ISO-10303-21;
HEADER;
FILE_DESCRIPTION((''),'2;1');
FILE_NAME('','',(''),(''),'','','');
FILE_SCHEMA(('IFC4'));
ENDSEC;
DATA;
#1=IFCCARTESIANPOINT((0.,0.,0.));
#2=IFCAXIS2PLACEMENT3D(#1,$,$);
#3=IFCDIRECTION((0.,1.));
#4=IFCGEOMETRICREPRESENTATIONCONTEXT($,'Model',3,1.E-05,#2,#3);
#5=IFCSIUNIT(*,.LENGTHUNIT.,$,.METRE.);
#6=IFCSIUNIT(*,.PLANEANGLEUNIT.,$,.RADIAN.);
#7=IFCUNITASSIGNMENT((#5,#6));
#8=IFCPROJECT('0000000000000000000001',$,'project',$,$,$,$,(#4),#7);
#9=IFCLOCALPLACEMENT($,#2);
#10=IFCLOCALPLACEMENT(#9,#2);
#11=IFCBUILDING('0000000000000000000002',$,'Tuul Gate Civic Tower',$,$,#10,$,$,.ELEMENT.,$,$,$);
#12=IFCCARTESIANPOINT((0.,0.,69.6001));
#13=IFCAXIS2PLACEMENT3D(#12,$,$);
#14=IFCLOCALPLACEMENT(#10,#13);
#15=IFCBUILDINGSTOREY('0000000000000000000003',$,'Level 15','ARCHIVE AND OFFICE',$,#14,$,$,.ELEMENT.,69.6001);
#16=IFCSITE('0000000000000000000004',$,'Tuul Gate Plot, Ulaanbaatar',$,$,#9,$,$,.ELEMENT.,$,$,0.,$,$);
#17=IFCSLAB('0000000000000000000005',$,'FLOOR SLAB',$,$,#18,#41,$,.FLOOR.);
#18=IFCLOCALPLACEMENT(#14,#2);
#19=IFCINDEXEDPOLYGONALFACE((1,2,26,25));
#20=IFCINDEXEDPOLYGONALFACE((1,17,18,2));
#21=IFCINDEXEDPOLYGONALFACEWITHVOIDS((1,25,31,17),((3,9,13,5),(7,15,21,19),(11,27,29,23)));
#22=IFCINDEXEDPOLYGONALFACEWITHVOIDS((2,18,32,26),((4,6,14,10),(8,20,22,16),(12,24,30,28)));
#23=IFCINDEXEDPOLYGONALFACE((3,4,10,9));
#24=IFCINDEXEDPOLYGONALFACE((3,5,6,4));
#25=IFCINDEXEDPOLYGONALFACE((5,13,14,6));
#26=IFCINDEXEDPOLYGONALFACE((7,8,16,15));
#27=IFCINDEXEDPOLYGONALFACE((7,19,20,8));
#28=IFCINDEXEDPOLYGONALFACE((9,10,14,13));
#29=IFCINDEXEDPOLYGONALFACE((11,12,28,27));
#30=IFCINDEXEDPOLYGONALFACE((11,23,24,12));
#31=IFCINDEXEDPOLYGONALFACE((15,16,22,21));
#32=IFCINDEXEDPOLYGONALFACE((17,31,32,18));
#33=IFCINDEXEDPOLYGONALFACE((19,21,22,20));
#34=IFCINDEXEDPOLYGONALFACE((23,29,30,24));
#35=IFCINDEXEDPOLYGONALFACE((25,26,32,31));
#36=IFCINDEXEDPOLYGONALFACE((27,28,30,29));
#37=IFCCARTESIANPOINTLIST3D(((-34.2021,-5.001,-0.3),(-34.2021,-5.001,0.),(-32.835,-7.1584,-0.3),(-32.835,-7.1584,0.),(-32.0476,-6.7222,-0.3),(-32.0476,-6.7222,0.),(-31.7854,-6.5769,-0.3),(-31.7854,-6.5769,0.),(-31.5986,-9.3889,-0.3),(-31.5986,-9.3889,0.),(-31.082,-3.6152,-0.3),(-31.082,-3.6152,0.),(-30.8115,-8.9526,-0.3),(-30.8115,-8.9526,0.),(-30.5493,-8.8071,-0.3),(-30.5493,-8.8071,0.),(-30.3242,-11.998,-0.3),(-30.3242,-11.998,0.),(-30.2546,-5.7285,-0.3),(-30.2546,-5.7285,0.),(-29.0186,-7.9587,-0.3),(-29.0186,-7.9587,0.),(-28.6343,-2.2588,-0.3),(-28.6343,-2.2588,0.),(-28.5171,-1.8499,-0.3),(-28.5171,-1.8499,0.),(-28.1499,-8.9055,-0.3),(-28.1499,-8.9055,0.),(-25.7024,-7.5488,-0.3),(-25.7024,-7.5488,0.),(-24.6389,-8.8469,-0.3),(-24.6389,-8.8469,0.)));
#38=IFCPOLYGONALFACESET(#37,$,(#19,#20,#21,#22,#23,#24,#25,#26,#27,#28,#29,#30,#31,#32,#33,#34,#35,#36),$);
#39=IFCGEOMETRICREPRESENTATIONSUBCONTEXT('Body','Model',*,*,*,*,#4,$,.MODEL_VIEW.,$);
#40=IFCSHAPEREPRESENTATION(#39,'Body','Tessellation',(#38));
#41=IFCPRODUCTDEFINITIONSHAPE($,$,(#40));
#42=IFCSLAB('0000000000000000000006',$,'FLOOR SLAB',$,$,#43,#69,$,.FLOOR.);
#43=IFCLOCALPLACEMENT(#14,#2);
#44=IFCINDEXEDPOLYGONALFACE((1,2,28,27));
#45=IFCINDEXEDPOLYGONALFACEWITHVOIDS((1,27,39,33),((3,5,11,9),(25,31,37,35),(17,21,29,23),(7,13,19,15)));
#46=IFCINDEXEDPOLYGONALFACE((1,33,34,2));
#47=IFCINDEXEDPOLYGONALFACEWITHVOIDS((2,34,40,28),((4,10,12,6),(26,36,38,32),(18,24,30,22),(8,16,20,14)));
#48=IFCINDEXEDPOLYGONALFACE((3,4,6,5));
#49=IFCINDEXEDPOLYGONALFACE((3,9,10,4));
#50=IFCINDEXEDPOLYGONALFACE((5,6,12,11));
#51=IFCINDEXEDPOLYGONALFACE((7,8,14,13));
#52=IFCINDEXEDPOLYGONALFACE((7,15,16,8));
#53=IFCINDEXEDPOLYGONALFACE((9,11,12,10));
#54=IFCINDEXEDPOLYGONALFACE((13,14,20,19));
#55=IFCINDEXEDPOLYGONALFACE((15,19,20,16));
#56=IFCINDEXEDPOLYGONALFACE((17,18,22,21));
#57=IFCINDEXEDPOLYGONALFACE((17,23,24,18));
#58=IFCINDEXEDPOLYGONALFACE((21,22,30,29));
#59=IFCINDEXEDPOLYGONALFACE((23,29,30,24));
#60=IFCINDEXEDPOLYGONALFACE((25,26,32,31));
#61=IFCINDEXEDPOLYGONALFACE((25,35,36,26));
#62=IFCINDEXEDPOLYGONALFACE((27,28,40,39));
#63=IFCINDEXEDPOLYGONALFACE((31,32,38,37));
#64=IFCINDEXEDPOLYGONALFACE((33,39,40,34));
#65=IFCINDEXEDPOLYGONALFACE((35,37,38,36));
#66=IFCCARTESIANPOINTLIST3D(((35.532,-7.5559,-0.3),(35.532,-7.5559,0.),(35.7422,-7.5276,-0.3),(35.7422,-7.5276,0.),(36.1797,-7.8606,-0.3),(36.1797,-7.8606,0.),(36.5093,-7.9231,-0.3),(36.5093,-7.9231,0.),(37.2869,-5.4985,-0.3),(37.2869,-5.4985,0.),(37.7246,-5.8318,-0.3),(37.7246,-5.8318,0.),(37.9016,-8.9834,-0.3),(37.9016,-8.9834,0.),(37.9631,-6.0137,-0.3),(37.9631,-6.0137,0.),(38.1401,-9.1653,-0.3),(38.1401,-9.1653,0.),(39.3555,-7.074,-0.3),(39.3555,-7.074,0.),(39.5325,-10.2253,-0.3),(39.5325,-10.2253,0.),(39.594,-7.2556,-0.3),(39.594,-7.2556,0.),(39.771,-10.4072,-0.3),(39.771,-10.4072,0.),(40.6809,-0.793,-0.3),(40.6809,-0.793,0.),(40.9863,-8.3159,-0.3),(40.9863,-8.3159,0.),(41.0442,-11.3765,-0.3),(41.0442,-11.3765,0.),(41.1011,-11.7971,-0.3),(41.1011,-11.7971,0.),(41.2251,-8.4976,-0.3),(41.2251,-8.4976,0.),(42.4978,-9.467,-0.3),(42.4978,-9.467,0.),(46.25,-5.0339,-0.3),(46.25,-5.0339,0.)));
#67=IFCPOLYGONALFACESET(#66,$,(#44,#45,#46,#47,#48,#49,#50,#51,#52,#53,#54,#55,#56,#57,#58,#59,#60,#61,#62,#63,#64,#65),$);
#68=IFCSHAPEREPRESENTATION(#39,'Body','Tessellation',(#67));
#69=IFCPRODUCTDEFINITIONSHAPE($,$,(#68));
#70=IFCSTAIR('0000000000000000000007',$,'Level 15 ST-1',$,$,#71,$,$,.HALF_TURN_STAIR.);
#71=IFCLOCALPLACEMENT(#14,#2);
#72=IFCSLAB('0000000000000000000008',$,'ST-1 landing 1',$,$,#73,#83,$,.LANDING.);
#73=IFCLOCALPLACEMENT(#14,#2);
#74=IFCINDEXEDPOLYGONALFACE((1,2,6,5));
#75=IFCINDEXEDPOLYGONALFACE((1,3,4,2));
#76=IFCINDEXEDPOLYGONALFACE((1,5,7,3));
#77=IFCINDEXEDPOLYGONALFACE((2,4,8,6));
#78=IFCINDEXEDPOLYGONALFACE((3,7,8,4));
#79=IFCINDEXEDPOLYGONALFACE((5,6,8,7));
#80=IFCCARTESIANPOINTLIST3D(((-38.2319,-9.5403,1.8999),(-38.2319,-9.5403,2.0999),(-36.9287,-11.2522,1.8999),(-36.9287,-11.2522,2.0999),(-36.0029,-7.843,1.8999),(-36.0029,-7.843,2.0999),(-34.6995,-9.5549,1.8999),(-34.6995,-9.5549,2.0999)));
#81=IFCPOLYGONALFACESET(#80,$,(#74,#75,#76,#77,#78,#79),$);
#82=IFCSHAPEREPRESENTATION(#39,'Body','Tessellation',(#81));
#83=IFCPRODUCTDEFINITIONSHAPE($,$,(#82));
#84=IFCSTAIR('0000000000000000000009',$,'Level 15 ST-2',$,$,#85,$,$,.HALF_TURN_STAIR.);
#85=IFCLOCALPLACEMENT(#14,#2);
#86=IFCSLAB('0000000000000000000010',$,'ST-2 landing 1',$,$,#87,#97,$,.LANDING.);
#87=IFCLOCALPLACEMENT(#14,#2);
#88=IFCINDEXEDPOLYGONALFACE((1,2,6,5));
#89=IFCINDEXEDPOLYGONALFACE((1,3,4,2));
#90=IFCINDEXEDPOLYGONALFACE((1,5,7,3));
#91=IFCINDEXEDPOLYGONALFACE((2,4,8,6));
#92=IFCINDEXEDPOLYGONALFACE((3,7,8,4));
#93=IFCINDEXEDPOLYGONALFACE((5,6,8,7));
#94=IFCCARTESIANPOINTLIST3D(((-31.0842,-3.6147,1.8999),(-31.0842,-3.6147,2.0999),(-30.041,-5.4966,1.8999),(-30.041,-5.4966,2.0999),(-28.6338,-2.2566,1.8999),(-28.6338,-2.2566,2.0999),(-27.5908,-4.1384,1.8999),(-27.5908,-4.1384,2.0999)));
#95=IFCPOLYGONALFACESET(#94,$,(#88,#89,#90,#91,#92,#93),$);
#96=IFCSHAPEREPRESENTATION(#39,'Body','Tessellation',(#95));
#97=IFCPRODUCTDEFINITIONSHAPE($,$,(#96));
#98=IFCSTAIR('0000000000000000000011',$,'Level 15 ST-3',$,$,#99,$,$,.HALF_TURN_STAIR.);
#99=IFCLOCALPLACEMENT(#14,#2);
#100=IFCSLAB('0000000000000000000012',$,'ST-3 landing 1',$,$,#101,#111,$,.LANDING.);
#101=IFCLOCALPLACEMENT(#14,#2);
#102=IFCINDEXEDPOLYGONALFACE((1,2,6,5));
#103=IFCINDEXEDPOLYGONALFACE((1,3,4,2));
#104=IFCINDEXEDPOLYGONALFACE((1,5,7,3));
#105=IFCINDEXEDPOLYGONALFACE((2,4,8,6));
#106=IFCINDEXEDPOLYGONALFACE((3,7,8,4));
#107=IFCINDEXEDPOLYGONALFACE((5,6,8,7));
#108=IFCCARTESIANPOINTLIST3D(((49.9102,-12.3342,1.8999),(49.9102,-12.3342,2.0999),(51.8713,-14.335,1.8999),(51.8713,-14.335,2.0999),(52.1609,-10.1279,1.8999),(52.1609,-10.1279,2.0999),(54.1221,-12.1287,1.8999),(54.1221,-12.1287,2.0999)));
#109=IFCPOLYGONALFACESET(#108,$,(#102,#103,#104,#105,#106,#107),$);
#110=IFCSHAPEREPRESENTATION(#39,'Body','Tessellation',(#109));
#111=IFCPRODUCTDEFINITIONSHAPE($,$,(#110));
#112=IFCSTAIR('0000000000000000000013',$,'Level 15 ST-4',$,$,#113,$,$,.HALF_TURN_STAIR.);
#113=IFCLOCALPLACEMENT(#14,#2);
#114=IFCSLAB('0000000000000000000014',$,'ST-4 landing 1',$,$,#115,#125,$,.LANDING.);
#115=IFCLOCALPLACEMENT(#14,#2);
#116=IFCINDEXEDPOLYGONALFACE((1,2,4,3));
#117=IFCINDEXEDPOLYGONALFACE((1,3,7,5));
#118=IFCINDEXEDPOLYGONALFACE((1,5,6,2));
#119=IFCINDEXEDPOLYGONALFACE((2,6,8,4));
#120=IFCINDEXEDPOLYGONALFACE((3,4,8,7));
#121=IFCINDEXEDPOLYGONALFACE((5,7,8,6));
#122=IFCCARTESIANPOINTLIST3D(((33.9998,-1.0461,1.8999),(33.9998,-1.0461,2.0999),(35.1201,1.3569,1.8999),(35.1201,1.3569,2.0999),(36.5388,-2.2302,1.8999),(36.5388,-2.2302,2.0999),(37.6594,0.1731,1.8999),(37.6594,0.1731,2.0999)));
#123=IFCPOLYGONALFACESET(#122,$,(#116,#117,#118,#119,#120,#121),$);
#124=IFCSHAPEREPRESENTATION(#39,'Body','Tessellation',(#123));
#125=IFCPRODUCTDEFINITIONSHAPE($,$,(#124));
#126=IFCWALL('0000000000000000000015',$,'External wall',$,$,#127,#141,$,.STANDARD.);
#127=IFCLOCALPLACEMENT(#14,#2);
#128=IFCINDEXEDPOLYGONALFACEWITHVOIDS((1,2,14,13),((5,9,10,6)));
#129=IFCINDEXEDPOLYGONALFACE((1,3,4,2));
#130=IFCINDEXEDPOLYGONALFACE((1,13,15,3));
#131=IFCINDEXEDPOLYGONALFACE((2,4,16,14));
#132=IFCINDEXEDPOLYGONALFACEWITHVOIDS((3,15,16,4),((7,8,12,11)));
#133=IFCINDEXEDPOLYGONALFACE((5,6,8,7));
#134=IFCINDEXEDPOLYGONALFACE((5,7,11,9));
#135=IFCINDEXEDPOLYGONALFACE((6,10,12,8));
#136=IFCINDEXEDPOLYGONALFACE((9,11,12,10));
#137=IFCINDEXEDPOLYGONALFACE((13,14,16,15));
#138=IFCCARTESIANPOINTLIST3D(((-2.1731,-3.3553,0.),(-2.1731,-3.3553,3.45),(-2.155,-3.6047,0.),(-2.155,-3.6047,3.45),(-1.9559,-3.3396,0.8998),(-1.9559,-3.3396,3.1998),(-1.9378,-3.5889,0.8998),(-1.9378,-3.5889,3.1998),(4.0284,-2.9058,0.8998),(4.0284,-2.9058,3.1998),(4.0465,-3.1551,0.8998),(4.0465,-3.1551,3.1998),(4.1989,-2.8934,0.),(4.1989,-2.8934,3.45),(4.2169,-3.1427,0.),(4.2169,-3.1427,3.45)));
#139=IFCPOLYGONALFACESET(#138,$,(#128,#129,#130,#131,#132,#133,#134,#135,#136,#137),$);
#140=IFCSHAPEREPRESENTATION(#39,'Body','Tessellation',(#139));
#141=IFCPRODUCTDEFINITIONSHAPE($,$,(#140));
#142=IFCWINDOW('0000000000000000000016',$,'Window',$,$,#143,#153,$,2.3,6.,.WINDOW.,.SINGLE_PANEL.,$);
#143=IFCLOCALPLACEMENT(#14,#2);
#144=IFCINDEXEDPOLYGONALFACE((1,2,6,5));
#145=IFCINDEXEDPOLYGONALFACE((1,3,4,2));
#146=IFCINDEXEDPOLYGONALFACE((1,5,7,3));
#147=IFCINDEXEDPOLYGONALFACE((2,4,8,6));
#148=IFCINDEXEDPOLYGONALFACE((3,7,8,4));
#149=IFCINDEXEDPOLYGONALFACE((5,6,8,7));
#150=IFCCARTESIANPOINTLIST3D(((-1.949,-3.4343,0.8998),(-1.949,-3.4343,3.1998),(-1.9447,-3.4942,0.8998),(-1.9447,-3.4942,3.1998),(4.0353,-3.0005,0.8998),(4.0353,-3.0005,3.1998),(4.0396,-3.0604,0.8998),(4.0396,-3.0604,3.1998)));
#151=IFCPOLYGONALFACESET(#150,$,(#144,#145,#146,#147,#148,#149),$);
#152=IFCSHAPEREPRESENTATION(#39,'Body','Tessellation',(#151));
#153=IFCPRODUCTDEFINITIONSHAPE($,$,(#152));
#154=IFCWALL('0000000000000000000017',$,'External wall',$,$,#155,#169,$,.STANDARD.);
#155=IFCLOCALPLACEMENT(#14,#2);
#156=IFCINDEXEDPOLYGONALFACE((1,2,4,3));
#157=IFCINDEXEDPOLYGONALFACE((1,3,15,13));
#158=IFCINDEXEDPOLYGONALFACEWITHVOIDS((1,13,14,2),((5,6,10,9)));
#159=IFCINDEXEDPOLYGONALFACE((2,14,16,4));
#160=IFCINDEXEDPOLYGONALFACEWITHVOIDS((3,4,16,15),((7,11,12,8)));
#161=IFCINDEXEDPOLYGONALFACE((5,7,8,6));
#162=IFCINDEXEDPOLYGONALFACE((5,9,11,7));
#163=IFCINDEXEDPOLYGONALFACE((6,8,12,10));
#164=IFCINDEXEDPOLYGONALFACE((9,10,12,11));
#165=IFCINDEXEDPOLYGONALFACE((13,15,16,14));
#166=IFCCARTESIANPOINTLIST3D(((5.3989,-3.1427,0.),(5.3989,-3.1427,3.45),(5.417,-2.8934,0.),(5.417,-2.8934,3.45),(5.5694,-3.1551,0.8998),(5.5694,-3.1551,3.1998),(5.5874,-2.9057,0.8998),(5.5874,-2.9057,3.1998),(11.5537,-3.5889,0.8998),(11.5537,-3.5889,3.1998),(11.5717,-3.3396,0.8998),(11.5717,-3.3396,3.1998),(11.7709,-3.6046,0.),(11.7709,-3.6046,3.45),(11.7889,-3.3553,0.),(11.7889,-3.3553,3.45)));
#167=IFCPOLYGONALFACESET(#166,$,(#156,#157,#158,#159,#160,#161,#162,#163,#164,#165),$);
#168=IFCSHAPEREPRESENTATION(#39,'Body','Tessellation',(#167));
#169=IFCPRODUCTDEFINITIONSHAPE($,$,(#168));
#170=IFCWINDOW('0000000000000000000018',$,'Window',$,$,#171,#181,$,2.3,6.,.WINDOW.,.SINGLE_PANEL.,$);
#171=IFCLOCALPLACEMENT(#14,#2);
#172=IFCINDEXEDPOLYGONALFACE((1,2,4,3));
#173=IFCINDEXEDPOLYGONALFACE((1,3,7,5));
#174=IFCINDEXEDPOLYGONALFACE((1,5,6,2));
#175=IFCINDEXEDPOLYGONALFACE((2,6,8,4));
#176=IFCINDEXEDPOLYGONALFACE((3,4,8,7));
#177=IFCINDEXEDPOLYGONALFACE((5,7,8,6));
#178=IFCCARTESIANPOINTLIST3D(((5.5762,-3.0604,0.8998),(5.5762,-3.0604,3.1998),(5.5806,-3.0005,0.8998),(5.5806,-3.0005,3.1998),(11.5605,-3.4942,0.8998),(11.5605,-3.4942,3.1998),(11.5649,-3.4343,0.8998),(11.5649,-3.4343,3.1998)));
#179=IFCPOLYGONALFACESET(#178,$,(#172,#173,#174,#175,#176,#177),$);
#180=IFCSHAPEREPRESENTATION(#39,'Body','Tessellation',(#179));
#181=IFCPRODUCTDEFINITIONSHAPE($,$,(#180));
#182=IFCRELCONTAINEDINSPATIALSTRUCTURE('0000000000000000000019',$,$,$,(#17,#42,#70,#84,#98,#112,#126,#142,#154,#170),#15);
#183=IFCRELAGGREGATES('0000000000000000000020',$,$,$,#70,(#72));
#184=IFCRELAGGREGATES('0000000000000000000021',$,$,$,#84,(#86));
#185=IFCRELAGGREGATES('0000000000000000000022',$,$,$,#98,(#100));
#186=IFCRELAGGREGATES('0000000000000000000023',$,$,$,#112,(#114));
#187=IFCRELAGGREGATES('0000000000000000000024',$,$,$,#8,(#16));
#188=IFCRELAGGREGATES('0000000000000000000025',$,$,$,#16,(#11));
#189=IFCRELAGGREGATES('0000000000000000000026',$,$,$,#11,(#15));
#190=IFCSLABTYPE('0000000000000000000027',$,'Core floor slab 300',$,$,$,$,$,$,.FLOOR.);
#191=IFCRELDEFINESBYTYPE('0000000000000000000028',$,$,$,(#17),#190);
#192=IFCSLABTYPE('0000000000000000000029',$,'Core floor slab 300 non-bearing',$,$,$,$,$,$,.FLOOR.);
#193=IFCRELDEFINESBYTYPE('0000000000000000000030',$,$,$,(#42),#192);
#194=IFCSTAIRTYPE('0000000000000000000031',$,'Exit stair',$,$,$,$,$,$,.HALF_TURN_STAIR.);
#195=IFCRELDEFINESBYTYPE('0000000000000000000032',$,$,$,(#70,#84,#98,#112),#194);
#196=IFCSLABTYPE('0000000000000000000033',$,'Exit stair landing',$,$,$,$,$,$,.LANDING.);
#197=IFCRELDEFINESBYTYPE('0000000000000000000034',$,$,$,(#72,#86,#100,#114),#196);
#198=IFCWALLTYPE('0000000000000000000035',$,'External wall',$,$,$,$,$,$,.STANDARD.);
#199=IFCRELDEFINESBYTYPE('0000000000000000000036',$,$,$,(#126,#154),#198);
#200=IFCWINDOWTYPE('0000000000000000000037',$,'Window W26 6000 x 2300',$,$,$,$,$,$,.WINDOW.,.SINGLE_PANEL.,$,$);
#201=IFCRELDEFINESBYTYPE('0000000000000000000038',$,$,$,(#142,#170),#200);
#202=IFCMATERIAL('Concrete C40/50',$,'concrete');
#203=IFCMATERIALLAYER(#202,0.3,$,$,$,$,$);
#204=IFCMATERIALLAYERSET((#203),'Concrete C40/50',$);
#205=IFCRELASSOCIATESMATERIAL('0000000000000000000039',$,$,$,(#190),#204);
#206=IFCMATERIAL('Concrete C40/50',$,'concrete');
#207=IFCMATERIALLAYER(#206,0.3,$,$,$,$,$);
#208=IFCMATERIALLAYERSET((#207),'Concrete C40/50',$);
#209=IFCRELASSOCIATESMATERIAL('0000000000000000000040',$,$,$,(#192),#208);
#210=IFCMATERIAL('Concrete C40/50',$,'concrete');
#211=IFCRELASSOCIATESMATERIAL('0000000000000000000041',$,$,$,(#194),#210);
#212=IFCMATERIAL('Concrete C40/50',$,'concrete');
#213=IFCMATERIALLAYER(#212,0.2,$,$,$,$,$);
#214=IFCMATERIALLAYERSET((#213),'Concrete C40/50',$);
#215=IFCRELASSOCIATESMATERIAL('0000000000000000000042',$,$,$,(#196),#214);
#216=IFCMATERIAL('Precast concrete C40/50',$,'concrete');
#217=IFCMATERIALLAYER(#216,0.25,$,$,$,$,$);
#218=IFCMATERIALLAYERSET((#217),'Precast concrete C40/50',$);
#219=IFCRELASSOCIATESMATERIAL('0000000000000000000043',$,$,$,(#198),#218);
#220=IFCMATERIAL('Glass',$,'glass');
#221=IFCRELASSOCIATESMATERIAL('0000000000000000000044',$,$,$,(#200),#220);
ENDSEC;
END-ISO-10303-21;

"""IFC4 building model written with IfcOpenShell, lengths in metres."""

from ifc_helpers import new_model, si_unit, direction, frame, frame_2d, origin, place, context, subcontext, project, spatial, polyline, rectangle, outline, extrude, material, layer, layer_set, type_object, element, fill, aggregate, save


model = new_model("IFC4")

# Units and contexts
model_context = context("Model", 3, precision=1e-05, world=origin(), true_north=direction((0.0, 1.0)))
body_context = subcontext(model_context, "Body", "Model", "MODEL_VIEW")
ifc_project = project(units=[si_unit("LENGTHUNIT", "METRE"), si_unit("PLANEANGLEUNIT", "RADIAN")], contexts=[model_context])

# Site, building, storey
site_placement = place(None, origin())
site = spatial("IfcSite", under=ifc_project, at=site_placement, Name="Tuul Gate Plot, Ulaanbaatar", CompositionType="ELEMENT", RefElevation=0.0)
building_placement = place(site_placement, origin())
building = spatial("IfcBuilding", under=site, at=building_placement, Name="Tuul Gate Civic Tower", CompositionType="ELEMENT")
storey_placement = place(building_placement, frame((0.0, 0.0, 69.6001)))
storey = spatial("IfcBuildingStorey", under=building, at=storey_placement, Name="Level 15", Description="ARCHIVE AND OFFICE", CompositionType="ELEMENT", Elevation=69.6001)

# Slabs
ifc_material_1 = material(Name="Concrete C40/50", Category="concrete")
ifc_layer_1 = layer(ifc_material_1, 0.3)
ifc_layer_set_1 = layer_set([ifc_layer_1], Name="Concrete C40/50")
slab_type_1 = type_object("IfcSlabType", Name="Core floor slab 300", PredefinedType="FLOOR", material=ifc_layer_set_1)
slab_1_placement = place(storey_placement, frame((0.0, 0.0, -0.3)))
element("IfcSlab", 1, at=slab_1_placement, inside=storey, type_object=slab_type_1, Name="FLOOR SLAB", PredefinedType="FLOOR", context=body_context, shape_type="SweptSolid", body=[
    extrude(outline(polyline([(-24.6389, -8.8469), (-28.5171, -1.8499), (-34.2021, -5.001), (-30.3242, -11.998), (-24.6389, -8.8469)]), holes=[polyline([(-29.0186, -7.9587), (-30.2546, -5.7285), (-31.7854, -6.5769), (-30.5493, -8.8071), (-29.0186, -7.9587)]), polyline([(-30.8115, -8.9526), (-32.0476, -6.7222), (-32.835, -7.1584), (-31.5986, -9.3889), (-30.8115, -8.9526)]), polyline([(-25.7024, -7.5488), (-28.1499, -8.9055), (-31.082, -3.6152), (-28.6343, -2.2588), (-25.7024, -7.5488)])]), origin(), (0.0, 0.0, 1.0), 0.3),
])
ifc_material_2 = material(Name="Concrete C40/50", Category="concrete")
ifc_layer_2 = layer(ifc_material_2, 0.3)
ifc_layer_set_2 = layer_set([ifc_layer_2], Name="Concrete C40/50")
slab_type_2 = type_object("IfcSlabType", Name="Core floor slab 300 non-bearing", PredefinedType="FLOOR", material=ifc_layer_set_2)
slab_2_placement = place(storey_placement, frame((0.0, 0.0, -0.3)))
element("IfcSlab", 2, at=slab_2_placement, inside=storey, type_object=slab_type_2, Name="FLOOR SLAB", PredefinedType="FLOOR", context=body_context, shape_type="SweptSolid", body=[
    extrude(outline(polyline([(41.1011, -11.7971), (46.25, -5.0339), (40.6809, -0.793), (35.532, -7.5559), (41.1011, -11.7971)]), holes=[polyline([(41.0442, -11.3765), (42.4978, -9.467), (41.2251, -8.4976), (39.771, -10.4072), (41.0442, -11.3765)]), polyline([(39.5325, -10.2253), (40.9863, -8.3159), (39.594, -7.2556), (38.1401, -9.1653), (39.5325, -10.2253)]), polyline([(37.9016, -8.9834), (39.3555, -7.074), (37.9631, -6.0137), (36.5093, -7.9231), (37.9016, -8.9834)]), polyline([(36.1797, -7.8606), (37.7246, -5.8318), (37.2869, -5.4985), (35.7422, -7.5276), (36.1797, -7.8606)])]), origin(), (0.0, 0.0, 1.0), 0.3),
])

# Stairs, slabs
ifc_material_3 = material(Name="Concrete C40/50", Category="concrete")
stair_type = type_object("IfcStairType", Name="Exit stair", PredefinedType="HALF_TURN_STAIR", material=ifc_material_3)
stair_1_placement = place(storey_placement, origin())
stair_1 = element("IfcStair", 3, at=stair_1_placement, inside=storey, type_object=stair_type, Name="Level 15 ST-1", PredefinedType="HALF_TURN_STAIR")
ifc_material_4 = material(Name="Concrete C40/50", Category="concrete")
ifc_layer_3 = layer(ifc_material_4, 0.2)
ifc_layer_set_3 = layer_set([ifc_layer_3], Name="Concrete C40/50")
slab_type_3 = type_object("IfcSlabType", Name="Exit stair landing", PredefinedType="LANDING", material=ifc_layer_set_3)
slab_3_placement = place(storey_placement, frame((0.0, 0.0, 1.8999)))
slab_3 = element("IfcSlab", 4, at=slab_3_placement, type_object=slab_type_3, Name="ST-1 landing 1", PredefinedType="LANDING", context=body_context, shape_type="SweptSolid", body=[
    extrude(outline(polyline([(-34.6995, -9.5549), (-36.9287, -11.2522), (-38.2319, -9.5403), (-36.0029, -7.843), (-34.6995, -9.5549)])), origin(), (0.0, 0.0, 1.0), 0.2),
])
aggregate(stair_1, [slab_3])
stair_2_placement = place(storey_placement, origin())
stair_2 = element("IfcStair", 5, at=stair_2_placement, inside=storey, type_object=stair_type, Name="Level 15 ST-2", PredefinedType="HALF_TURN_STAIR")
slab_4_placement = place(storey_placement, frame((0.0, 0.0, 1.8999)))
slab_4 = element("IfcSlab", 6, at=slab_4_placement, type_object=slab_type_3, Name="ST-2 landing 1", PredefinedType="LANDING", context=body_context, shape_type="SweptSolid", body=[
    extrude(outline(polyline([(-27.5908, -4.1384), (-30.041, -5.4966), (-31.0842, -3.6147), (-28.6338, -2.2566), (-27.5908, -4.1384)])), origin(), (0.0, 0.0, 1.0), 0.2),
])
aggregate(stair_2, [slab_4])
stair_3_placement = place(storey_placement, origin())
stair_3 = element("IfcStair", 7, at=stair_3_placement, inside=storey, type_object=stair_type, Name="Level 15 ST-3", PredefinedType="HALF_TURN_STAIR")
slab_5_placement = place(storey_placement, frame((0.0, 0.0, 1.8999)))
slab_5 = element("IfcSlab", 8, at=slab_5_placement, type_object=slab_type_3, Name="ST-3 landing 1", PredefinedType="LANDING", context=body_context, shape_type="SweptSolid", body=[
    extrude(outline(polyline([(51.8713, -14.335), (49.9102, -12.3342), (52.1609, -10.1279), (54.1221, -12.1287), (51.8713, -14.335)])), origin(), (0.0, 0.0, 1.0), 0.2),
])
aggregate(stair_3, [slab_5])
stair_4_placement = place(storey_placement, origin())
stair_4 = element("IfcStair", 9, at=stair_4_placement, inside=storey, type_object=stair_type, Name="Level 15 ST-4", PredefinedType="HALF_TURN_STAIR")
slab_6_placement = place(storey_placement, frame((0.0, 0.0, 1.8999)))
slab_6 = element("IfcSlab", 10, at=slab_6_placement, type_object=slab_type_3, Name="ST-4 landing 1", PredefinedType="LANDING", context=body_context, shape_type="SweptSolid", body=[
    extrude(outline(polyline([(36.5388, -2.2302), (33.9998, -1.0461), (35.1201, 1.3569), (37.6594, 0.1731), (36.5388, -2.2302)])), origin(), (0.0, 0.0, 1.0), 0.2),
])
aggregate(stair_4, [slab_6])

# Walls, openings, windows
ifc_material_5 = material(Name="Precast concrete C40/50", Category="concrete")
ifc_layer_4 = layer(ifc_material_5, 0.25)
ifc_layer_set_4 = layer_set([ifc_layer_4], Name="Precast concrete C40/50")
wall_type_1 = type_object("IfcWallType", Name="External wall", PredefinedType="STANDARD", material=ifc_layer_set_4)
wall_1_placement = place(storey_placement, frame((-2.1641, -3.48, 0.0), z_axis=(0.0, 0.0, 1.0), x_axis=(0.997383, 0.072301, 0.0)))
wall_1 = element("IfcWall", 11, at=wall_1_placement, inside=storey, type_object=wall_type_1, Name="External wall", PredefinedType="STANDARD", context=body_context, shape_type="SweptSolid", body=[
    extrude(rectangle(XDim=6.3887, YDim=0.25, at=frame_2d((3.1943, 0.0))), origin(), (0.0, 0.0, 1.0), 3.45),
])
opening_1_placement = place(wall_1_placement, frame((0.2178, 0.0, 0.8999)))
opening_1 = element("IfcOpeningElement", 12, at=opening_1_placement, cuts=wall_1, PredefinedType="OPENING", context=body_context, shape_type="SweptSolid", body=[
    extrude(rectangle(XDim=6.0, YDim=2.3, at=frame_2d((3.0, 1.1499))), frame((0.0, 0.135, 0.0), z_axis=(0.0, -1.0, 0.0), x_axis=(1.0, 0.0, 0.0)), (0.0, 0.0, 1.0), 0.27),
])
ifc_material_6 = material(Name="Glass", Category="glass")
window_type = type_object("IfcWindowType", Name="Window W26 6000 x 2300", PartitioningType="SINGLE_PANEL", PredefinedType="WINDOW", material=ifc_material_6)
window_1_placement = place(opening_1_placement, origin())
window_1 = element("IfcWindow", 13, at=window_1_placement, inside=storey, type_object=window_type, Name="Window", OverallHeight=2.3, OverallWidth=6.0, PartitioningType="SINGLE_PANEL", PredefinedType="WINDOW", context=body_context, shape_type="SweptSolid", body=[
    extrude(rectangle(XDim=6.0, YDim=2.3, at=frame_2d((3.0, 1.1499))), frame((0.0, 0.03, 0.0), z_axis=(0.0, -1.0, 0.0), x_axis=(1.0, 0.0, 0.0)), (0.0, 0.0, 1.0), 0.0601),
])
fill(opening_1, window_1)
wall_2_placement = place(storey_placement, frame((5.408, -3.0181, 0.0), z_axis=(0.0, 0.0, 1.0), x_axis=(0.997383, -0.072301, 0.0)))
wall_2 = element("IfcWall", 14, at=wall_2_placement, inside=storey, type_object=wall_type_1, Name="External wall", PredefinedType="STANDARD", context=body_context, shape_type="SweptSolid", body=[
    extrude(rectangle(XDim=6.3887, YDim=0.25, at=frame_2d((3.1943, 0.0))), origin(), (0.0, 0.0, 1.0), 3.45),
])
opening_2_placement = place(wall_2_placement, frame((0.1709, 0.0, 0.8999)))
opening_2 = element("IfcOpeningElement", 15, at=opening_2_placement, cuts=wall_2, PredefinedType="OPENING", context=body_context, shape_type="SweptSolid", body=[
    extrude(rectangle(XDim=6.0, YDim=2.3, at=frame_2d((3.0, 1.1499))), frame((0.0, 0.135, 0.0), z_axis=(0.0, -1.0, 0.0), x_axis=(1.0, 0.0, 0.0)), (0.0, 0.0, 1.0), 0.27),
])
window_2_placement = place(opening_2_placement, origin())
window_2 = element("IfcWindow", 16, at=window_2_placement, inside=storey, type_object=window_type, Name="Window", OverallHeight=2.3, OverallWidth=6.0, PartitioningType="SINGLE_PANEL", PredefinedType="WINDOW", context=body_context, shape_type="SweptSolid", body=[
    extrude(rectangle(XDim=6.0, YDim=2.3, at=frame_2d((3.0, 1.1499))), frame((0.0, 0.03, 0.0), z_axis=(0.0, -1.0, 0.0), x_axis=(1.0, 0.0, 0.0)), (0.0, 0.0, 1.0), 0.0601),
])
fill(opening_2, window_2)

save(model, "model.ifc")
